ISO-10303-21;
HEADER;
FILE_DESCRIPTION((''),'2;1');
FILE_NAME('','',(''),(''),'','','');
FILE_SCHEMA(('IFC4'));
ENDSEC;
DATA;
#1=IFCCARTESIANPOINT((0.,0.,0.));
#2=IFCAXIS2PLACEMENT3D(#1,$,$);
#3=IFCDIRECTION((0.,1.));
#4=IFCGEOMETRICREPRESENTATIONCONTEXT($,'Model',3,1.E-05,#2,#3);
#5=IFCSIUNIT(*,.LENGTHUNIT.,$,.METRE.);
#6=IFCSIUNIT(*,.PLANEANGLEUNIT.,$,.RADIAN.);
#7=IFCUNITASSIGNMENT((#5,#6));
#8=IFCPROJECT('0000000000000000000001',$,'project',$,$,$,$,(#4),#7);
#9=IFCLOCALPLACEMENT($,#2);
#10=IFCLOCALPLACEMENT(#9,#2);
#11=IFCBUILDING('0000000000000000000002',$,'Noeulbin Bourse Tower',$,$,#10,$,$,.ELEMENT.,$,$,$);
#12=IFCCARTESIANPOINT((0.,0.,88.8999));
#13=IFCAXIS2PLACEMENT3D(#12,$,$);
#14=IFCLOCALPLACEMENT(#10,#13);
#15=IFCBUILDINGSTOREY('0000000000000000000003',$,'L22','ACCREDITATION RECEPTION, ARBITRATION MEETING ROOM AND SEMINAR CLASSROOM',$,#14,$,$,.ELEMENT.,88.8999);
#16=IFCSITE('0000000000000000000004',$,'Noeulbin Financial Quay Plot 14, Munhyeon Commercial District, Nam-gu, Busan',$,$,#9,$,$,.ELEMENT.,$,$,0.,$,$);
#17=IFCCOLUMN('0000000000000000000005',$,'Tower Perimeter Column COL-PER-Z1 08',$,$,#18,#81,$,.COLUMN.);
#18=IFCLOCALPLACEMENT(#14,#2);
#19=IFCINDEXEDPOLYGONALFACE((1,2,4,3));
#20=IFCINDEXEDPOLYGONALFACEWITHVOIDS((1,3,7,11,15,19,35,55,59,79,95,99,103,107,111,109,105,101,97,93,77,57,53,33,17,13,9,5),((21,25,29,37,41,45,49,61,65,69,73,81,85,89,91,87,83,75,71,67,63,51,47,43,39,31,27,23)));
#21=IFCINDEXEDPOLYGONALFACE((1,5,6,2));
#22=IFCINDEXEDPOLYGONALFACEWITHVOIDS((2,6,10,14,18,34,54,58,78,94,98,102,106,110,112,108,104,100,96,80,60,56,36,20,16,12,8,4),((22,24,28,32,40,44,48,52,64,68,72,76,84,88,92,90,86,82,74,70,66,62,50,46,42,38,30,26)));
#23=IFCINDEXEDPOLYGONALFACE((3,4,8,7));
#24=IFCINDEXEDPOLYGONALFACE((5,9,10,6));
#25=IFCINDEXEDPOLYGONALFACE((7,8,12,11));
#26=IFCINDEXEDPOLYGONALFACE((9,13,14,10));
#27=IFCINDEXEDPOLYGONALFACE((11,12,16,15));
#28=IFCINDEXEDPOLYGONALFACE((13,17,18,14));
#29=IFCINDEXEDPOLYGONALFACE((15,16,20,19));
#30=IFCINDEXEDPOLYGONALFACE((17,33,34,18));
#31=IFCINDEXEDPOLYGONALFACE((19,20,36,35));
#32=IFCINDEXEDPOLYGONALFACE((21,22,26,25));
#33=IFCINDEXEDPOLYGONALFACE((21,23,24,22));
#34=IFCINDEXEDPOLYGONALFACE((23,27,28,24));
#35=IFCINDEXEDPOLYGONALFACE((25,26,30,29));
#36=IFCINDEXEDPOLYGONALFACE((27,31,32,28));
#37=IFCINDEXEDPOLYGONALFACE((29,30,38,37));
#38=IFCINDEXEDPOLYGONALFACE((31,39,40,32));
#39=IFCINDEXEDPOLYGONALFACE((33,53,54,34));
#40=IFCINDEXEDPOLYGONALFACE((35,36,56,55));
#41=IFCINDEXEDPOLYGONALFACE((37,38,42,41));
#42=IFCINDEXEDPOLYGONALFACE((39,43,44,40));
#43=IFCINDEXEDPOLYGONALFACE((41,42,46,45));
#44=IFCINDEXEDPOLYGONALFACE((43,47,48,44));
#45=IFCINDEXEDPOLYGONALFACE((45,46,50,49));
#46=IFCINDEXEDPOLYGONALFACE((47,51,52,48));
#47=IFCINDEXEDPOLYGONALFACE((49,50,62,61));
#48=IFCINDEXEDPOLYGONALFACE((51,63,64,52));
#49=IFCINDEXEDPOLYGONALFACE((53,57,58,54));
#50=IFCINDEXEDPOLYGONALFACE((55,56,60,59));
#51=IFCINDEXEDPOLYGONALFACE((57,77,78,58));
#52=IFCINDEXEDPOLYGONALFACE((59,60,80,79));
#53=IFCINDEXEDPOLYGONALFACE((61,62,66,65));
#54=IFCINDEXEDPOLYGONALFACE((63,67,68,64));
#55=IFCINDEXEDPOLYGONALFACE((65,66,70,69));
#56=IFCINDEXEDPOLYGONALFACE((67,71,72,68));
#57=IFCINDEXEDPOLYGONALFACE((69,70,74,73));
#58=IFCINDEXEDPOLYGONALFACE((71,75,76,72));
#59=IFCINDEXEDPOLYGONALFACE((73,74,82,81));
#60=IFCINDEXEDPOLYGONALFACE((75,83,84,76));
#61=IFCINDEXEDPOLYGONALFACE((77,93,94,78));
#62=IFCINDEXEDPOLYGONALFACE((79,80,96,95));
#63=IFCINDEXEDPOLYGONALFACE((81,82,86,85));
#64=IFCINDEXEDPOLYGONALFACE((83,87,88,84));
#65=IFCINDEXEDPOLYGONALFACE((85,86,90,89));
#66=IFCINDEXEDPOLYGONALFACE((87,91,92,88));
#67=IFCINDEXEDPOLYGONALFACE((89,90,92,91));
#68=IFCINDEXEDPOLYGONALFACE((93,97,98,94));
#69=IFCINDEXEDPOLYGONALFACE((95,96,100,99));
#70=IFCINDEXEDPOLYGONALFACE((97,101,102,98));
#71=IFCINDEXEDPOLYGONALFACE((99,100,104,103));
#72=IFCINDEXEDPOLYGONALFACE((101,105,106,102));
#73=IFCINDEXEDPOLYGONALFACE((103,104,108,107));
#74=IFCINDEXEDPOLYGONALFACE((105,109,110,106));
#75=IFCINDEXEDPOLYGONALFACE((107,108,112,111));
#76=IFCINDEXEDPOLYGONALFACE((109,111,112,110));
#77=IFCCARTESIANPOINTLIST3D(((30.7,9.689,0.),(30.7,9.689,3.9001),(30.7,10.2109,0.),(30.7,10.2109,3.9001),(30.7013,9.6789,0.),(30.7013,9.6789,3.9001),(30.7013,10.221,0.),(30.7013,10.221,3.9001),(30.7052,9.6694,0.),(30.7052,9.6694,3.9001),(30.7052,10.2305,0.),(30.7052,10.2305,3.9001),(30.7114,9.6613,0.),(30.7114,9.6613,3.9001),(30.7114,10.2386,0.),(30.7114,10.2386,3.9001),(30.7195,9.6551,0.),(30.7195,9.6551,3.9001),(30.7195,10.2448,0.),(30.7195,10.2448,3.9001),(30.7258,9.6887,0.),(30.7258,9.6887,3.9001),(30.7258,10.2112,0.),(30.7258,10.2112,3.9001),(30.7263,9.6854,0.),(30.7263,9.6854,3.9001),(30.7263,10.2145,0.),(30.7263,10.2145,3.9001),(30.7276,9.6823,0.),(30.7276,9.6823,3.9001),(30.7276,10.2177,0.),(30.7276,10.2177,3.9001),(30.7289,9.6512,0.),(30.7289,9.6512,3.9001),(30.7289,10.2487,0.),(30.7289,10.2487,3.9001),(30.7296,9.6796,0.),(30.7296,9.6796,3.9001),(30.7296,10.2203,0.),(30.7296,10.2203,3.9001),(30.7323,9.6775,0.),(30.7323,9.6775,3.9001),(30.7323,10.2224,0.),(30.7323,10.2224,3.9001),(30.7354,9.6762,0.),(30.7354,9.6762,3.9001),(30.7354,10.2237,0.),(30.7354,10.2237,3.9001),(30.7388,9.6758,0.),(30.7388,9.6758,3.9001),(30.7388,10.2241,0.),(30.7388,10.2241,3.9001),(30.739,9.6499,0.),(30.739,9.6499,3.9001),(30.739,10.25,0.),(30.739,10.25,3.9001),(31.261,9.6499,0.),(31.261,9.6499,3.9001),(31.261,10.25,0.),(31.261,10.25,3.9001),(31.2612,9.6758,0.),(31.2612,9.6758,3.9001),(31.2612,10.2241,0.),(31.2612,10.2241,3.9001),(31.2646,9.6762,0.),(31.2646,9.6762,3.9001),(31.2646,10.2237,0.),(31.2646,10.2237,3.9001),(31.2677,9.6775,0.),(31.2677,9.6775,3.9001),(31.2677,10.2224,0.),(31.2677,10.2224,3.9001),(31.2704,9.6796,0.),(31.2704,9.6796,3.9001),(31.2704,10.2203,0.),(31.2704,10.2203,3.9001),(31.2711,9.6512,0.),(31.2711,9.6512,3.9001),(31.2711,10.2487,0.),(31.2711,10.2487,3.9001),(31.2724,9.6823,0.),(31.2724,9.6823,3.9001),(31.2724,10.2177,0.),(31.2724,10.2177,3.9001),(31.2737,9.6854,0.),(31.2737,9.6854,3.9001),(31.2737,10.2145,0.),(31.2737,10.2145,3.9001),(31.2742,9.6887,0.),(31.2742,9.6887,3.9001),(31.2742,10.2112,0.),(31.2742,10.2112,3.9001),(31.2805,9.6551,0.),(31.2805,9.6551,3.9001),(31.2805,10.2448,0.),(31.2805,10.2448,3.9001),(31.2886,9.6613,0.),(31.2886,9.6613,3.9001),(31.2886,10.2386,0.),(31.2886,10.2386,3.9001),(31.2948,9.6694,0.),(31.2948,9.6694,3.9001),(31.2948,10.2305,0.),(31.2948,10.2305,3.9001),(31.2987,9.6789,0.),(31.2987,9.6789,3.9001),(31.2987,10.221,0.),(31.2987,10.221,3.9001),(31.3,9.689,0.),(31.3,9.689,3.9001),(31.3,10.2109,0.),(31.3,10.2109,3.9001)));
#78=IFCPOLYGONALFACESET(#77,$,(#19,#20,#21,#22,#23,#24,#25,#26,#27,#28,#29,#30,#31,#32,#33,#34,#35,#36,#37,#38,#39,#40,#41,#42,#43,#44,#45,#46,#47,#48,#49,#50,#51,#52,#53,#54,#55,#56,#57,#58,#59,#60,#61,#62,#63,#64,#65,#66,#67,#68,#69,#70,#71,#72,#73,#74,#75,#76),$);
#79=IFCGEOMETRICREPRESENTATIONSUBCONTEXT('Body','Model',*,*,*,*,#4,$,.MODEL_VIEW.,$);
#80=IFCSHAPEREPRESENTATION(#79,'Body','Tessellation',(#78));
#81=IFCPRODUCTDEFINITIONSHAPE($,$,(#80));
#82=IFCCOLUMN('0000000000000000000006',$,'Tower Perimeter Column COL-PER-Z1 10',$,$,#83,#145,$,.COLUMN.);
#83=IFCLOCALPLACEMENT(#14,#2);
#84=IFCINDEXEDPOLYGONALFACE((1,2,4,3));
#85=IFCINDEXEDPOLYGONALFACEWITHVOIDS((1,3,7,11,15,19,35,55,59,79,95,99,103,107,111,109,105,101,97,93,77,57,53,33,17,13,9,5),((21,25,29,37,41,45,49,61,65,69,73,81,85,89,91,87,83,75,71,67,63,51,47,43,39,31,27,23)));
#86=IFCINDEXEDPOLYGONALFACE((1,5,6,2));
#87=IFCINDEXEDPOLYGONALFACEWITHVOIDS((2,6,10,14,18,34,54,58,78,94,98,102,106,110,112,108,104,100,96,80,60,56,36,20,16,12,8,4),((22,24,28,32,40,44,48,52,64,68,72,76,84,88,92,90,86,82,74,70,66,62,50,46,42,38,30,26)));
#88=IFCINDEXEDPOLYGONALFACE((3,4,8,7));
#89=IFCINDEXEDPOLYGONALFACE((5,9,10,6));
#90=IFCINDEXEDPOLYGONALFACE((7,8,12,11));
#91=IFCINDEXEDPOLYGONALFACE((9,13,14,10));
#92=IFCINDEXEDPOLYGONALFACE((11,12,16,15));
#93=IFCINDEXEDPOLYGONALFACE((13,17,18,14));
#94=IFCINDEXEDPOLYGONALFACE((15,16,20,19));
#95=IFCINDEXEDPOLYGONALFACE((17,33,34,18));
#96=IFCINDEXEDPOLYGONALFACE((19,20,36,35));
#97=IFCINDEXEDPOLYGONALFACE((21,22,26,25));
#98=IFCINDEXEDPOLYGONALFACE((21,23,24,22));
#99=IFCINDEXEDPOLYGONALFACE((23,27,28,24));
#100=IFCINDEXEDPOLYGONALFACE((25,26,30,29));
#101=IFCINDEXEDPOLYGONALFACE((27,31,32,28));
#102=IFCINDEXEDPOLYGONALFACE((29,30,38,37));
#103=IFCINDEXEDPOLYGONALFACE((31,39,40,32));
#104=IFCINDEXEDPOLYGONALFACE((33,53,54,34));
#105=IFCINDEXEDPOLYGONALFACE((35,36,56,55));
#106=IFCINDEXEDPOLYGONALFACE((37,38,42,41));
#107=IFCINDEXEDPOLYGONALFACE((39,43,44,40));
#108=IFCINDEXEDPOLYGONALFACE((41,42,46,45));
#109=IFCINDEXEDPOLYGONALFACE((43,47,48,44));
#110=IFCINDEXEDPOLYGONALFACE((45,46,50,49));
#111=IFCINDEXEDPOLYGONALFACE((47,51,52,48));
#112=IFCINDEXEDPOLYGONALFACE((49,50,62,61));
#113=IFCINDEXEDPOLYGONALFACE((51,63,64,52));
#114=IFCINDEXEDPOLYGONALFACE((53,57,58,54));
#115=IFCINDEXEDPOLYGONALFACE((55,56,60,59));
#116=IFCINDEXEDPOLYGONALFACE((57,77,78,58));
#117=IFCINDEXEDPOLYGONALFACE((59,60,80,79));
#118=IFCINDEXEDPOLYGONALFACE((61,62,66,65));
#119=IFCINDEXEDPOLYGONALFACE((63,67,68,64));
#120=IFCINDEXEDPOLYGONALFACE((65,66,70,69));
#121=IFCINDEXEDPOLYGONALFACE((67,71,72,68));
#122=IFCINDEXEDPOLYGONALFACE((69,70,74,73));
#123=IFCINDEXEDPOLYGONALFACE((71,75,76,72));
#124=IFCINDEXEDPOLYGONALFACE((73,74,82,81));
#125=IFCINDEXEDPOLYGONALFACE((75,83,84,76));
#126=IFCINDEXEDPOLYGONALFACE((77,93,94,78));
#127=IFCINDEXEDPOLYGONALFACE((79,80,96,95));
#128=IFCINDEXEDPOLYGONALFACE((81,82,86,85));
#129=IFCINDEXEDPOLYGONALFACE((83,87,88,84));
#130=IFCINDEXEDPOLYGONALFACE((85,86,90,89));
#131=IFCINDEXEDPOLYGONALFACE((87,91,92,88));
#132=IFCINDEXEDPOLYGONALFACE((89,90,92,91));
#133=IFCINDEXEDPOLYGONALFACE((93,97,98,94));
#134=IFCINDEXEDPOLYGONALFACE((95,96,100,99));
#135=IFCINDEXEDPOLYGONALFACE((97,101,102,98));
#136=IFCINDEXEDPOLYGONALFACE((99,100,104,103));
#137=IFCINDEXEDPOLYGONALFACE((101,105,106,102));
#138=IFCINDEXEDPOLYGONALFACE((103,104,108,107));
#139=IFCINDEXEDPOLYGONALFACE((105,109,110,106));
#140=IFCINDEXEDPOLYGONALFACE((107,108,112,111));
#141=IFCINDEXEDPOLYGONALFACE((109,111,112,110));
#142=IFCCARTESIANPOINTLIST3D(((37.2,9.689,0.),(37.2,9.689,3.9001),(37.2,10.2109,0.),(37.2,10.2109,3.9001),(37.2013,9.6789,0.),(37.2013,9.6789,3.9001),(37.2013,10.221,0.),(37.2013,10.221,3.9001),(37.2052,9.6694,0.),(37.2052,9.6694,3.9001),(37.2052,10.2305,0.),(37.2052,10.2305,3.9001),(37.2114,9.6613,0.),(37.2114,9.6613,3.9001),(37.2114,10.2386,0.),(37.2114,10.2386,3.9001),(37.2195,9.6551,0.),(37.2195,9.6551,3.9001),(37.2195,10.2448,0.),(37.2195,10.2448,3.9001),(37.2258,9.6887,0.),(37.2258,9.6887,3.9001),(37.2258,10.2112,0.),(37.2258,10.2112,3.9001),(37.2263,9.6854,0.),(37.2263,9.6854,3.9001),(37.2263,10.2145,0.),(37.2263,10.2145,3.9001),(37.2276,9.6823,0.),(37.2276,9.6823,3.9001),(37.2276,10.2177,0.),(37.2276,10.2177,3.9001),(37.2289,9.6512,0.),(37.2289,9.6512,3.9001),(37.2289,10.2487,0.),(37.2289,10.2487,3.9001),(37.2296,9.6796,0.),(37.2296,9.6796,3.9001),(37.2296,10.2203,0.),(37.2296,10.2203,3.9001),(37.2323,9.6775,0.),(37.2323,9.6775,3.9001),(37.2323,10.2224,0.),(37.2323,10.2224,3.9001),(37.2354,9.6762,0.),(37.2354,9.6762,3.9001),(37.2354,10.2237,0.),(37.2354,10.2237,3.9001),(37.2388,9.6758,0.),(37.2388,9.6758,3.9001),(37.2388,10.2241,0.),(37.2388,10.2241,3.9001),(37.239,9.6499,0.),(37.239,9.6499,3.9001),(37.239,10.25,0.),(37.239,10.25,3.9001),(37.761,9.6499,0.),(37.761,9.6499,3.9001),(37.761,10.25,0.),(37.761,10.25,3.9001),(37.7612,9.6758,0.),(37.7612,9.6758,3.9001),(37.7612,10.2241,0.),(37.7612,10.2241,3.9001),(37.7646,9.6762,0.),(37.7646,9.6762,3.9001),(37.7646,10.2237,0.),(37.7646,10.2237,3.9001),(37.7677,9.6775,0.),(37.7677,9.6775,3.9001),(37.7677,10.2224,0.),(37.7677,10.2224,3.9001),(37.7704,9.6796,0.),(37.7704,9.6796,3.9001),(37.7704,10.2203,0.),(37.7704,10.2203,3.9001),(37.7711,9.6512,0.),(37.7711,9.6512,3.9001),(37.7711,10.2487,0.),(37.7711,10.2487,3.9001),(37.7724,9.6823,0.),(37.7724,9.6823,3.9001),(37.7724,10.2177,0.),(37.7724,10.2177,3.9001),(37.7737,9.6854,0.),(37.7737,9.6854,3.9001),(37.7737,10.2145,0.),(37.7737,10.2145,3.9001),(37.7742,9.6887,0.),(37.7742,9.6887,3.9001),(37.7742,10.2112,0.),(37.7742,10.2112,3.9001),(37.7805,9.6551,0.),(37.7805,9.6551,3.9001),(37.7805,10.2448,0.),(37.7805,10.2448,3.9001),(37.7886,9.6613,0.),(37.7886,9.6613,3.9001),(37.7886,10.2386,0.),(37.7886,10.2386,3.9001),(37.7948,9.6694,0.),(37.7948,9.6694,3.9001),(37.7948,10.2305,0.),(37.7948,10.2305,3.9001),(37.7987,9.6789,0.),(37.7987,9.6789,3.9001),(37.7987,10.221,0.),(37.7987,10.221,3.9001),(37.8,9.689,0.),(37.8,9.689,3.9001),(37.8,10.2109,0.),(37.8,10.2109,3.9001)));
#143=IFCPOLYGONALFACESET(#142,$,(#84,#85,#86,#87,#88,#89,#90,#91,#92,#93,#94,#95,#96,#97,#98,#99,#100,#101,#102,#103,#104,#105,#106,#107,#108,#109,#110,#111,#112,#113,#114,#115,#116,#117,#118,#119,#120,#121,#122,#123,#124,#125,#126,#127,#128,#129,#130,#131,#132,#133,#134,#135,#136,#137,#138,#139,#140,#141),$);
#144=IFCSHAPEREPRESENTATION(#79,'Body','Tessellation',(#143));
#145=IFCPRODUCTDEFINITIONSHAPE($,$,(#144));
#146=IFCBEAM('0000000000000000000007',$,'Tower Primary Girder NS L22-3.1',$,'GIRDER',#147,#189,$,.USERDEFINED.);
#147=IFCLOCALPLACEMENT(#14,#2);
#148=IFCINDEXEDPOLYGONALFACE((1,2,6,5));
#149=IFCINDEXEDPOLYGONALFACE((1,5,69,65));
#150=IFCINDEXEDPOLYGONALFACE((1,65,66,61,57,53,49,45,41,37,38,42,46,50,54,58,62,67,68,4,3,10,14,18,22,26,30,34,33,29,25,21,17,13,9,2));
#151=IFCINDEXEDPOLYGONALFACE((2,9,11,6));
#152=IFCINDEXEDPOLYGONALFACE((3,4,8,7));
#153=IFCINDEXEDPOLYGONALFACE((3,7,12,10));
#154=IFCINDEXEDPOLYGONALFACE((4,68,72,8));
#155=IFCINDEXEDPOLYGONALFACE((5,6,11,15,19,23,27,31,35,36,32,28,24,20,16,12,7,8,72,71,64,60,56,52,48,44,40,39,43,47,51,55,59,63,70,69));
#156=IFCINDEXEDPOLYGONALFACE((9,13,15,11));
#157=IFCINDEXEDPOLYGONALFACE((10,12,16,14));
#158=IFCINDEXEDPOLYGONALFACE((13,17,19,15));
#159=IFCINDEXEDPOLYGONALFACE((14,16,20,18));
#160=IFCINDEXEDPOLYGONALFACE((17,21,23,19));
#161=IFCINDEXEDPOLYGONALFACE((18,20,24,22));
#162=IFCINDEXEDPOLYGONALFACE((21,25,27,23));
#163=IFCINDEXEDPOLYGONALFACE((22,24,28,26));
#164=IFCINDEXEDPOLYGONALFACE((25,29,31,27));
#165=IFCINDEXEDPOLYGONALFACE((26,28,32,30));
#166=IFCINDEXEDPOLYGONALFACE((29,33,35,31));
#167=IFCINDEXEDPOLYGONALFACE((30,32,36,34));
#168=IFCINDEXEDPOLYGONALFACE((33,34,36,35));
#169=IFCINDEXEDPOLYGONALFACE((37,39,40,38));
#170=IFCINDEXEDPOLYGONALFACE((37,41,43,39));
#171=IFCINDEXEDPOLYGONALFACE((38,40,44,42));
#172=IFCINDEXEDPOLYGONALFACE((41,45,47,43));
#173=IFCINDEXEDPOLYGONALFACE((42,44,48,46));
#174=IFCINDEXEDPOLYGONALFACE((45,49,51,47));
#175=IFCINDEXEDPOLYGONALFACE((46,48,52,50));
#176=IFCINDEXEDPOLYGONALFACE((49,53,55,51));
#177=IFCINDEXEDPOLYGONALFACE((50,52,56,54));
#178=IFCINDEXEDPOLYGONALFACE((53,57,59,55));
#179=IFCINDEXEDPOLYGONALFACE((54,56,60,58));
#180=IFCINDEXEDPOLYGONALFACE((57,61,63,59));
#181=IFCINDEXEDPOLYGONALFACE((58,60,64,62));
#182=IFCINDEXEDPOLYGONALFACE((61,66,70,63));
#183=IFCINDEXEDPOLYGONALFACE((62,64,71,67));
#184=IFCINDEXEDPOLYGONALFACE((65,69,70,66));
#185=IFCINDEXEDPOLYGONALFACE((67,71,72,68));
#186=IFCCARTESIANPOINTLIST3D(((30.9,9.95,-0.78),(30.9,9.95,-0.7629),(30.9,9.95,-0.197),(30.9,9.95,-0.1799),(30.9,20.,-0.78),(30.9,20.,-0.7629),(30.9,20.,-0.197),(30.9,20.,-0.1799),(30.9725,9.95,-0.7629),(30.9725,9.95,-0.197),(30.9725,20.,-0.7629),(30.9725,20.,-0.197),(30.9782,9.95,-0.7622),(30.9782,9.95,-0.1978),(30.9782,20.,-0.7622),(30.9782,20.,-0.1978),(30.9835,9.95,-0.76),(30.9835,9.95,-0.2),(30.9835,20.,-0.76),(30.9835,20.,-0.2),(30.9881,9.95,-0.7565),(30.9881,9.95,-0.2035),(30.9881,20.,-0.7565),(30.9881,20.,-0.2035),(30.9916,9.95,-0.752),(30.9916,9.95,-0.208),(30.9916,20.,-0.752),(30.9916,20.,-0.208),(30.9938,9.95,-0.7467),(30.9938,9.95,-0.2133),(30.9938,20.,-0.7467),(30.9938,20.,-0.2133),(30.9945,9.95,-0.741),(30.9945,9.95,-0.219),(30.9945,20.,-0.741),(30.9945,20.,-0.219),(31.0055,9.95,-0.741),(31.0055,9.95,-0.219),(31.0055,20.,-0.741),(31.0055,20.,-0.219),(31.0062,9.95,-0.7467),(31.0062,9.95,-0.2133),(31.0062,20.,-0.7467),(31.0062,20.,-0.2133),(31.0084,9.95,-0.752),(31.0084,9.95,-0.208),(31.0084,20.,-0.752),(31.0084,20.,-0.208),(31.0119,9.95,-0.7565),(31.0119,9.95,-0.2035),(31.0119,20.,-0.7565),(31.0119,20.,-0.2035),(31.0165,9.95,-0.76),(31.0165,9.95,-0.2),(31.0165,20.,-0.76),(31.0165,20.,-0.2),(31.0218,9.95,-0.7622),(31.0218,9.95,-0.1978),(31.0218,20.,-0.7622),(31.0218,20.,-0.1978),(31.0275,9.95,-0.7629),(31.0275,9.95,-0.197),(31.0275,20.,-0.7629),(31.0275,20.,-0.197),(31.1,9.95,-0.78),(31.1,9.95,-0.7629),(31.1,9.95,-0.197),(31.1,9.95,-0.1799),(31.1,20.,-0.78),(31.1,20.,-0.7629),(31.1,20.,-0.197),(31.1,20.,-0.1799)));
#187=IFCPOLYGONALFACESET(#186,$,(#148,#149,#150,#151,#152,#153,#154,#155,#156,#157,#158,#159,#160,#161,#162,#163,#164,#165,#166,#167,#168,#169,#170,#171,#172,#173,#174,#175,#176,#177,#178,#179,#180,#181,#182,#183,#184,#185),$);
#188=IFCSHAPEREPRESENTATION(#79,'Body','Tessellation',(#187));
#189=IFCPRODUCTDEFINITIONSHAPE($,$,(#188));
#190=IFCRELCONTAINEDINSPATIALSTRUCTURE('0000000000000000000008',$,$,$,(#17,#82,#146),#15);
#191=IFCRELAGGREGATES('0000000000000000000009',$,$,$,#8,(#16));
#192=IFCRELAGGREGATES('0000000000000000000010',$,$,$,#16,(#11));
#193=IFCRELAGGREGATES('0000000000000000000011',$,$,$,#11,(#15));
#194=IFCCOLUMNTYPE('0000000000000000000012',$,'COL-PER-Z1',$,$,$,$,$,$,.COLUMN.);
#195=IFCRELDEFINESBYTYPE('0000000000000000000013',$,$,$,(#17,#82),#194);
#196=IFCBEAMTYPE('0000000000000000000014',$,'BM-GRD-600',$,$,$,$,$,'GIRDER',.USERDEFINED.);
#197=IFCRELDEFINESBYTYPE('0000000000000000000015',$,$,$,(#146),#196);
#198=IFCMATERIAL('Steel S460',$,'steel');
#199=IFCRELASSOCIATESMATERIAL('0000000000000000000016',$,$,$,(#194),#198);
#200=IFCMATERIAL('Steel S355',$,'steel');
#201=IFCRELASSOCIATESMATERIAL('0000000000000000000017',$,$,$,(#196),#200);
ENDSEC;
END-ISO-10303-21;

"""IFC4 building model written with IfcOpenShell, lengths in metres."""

from ifc_helpers import new_model, si_unit, direction, frame, origin, origin_2d, place, context, subcontext, project, spatial, hollow_rectangle, i_section, extrude, material, material_profile, profile_set, type_object, element, save


model = new_model("IFC4")

# Units and contexts
model_context = context("Model", 3, precision=1e-05, world=origin(), true_north=direction((0.0, 1.0)))
body_context = subcontext(model_context, "Body", "Model", "MODEL_VIEW")
ifc_project = project(units=[si_unit("LENGTHUNIT", "METRE"), si_unit("PLANEANGLEUNIT", "RADIAN")], contexts=[model_context])

# Site, building, storey
site_placement = place(None, origin())
site = spatial("IfcSite", under=ifc_project, at=site_placement, Name="Noeulbin Financial Quay Plot 14, Munhyeon Commercial District, Nam-gu, Busan", CompositionType="ELEMENT", RefElevation=0.0)
building_placement = place(site_placement, origin())
building = spatial("IfcBuilding", under=site, at=building_placement, Name="Noeulbin Bourse Tower", CompositionType="ELEMENT")
storey_placement = place(building_placement, frame((0.0, 0.0, 88.8999)))
storey = spatial("IfcBuildingStorey", under=building, at=storey_placement, Name="L22", Description="ACCREDITATION RECEPTION, ARBITRATION MEETING ROOM AND SEMINAR CLASSROOM", CompositionType="ELEMENT", Elevation=88.8999)

# Columns
ifc_material_1 = material(Name="Steel S460", Category="steel")
ifc_material_profile_1 = material_profile(ifc_material_1, hollow_rectangle(XDim=0.6001, YDim=0.6001, WallThickness=0.0259, InnerFilletRadius=0.0129, OuterFilletRadius=0.0391, at=origin_2d()), Name="BOX-600x600x26", Category="LoadBearing")
ifc_profile_set_1 = profile_set([ifc_material_profile_1], Name="Steel S460")
column_type = type_object("IfcColumnType", Name="COL-PER-Z1", PredefinedType="COLUMN", material=ifc_profile_set_1)
for number, where, z_axis, x_axis, name in (
    (1, (31.0, 9.95, 0.0), (0.0, 0.0, 1.0), (1.0, 0.0, 0.0), "Tower Perimeter Column COL-PER-Z1 08"),
    (2, (37.5, 9.95, 0.0), (0.0, 0.0, 1.0), (1.0, 0.0, 0.0), "Tower Perimeter Column COL-PER-Z1 10"),
):
    element("IfcColumn", number, at=place(storey_placement, frame(where, z_axis=z_axis, x_axis=x_axis)), inside=storey, type_object=column_type, Name=name, PredefinedType="COLUMN", context=body_context, shape_type="SweptSolid", body=[
        extrude(hollow_rectangle(XDim=0.6001, YDim=0.6001, WallThickness=0.0259, InnerFilletRadius=0.0129, OuterFilletRadius=0.0391, at=origin_2d()), origin(), (0.0, 0.0, 1.0), 3.9001),
    ])

# Beam
ifc_material_2 = material(Name="Steel S355", Category="steel")
ifc_material_profile_2 = material_profile(ifc_material_2, i_section(OverallWidth=0.2, OverallDepth=0.6001, WebThickness=0.011, FlangeThickness=0.0171, FilletRadius=0.022, at=origin_2d()), Name="H-600x200x11x17", Category="LoadBearing")
ifc_profile_set_2 = profile_set([ifc_material_profile_2], Name="Steel S355")
beam_type_1 = type_object("IfcBeamType", Name="BM-GRD-600", ElementType="GIRDER", PredefinedType="USERDEFINED", material=ifc_profile_set_2)
for number, where, z_axis, x_axis, name in (
    (3, (31.0, 9.95, -0.48), (0.0, 1.0, 0.0), (-1.0, 0.0, 0.0), "Tower Primary Girder NS L22-3.1"),
):
    element("IfcBeam", number, at=place(storey_placement, frame(where, z_axis=z_axis, x_axis=x_axis)), inside=storey, type_object=beam_type_1, Name=name, ObjectType="GIRDER", PredefinedType="USERDEFINED", context=body_context, shape_type="SweptSolid", body=[
        extrude(i_section(OverallWidth=0.2, OverallDepth=0.6001, WebThickness=0.011, FlangeThickness=0.0171, FilletRadius=0.022, at=origin_2d()), origin(), (0.0, 0.0, 1.0), 10.05),
    ])

save(model, "model.ifc")
